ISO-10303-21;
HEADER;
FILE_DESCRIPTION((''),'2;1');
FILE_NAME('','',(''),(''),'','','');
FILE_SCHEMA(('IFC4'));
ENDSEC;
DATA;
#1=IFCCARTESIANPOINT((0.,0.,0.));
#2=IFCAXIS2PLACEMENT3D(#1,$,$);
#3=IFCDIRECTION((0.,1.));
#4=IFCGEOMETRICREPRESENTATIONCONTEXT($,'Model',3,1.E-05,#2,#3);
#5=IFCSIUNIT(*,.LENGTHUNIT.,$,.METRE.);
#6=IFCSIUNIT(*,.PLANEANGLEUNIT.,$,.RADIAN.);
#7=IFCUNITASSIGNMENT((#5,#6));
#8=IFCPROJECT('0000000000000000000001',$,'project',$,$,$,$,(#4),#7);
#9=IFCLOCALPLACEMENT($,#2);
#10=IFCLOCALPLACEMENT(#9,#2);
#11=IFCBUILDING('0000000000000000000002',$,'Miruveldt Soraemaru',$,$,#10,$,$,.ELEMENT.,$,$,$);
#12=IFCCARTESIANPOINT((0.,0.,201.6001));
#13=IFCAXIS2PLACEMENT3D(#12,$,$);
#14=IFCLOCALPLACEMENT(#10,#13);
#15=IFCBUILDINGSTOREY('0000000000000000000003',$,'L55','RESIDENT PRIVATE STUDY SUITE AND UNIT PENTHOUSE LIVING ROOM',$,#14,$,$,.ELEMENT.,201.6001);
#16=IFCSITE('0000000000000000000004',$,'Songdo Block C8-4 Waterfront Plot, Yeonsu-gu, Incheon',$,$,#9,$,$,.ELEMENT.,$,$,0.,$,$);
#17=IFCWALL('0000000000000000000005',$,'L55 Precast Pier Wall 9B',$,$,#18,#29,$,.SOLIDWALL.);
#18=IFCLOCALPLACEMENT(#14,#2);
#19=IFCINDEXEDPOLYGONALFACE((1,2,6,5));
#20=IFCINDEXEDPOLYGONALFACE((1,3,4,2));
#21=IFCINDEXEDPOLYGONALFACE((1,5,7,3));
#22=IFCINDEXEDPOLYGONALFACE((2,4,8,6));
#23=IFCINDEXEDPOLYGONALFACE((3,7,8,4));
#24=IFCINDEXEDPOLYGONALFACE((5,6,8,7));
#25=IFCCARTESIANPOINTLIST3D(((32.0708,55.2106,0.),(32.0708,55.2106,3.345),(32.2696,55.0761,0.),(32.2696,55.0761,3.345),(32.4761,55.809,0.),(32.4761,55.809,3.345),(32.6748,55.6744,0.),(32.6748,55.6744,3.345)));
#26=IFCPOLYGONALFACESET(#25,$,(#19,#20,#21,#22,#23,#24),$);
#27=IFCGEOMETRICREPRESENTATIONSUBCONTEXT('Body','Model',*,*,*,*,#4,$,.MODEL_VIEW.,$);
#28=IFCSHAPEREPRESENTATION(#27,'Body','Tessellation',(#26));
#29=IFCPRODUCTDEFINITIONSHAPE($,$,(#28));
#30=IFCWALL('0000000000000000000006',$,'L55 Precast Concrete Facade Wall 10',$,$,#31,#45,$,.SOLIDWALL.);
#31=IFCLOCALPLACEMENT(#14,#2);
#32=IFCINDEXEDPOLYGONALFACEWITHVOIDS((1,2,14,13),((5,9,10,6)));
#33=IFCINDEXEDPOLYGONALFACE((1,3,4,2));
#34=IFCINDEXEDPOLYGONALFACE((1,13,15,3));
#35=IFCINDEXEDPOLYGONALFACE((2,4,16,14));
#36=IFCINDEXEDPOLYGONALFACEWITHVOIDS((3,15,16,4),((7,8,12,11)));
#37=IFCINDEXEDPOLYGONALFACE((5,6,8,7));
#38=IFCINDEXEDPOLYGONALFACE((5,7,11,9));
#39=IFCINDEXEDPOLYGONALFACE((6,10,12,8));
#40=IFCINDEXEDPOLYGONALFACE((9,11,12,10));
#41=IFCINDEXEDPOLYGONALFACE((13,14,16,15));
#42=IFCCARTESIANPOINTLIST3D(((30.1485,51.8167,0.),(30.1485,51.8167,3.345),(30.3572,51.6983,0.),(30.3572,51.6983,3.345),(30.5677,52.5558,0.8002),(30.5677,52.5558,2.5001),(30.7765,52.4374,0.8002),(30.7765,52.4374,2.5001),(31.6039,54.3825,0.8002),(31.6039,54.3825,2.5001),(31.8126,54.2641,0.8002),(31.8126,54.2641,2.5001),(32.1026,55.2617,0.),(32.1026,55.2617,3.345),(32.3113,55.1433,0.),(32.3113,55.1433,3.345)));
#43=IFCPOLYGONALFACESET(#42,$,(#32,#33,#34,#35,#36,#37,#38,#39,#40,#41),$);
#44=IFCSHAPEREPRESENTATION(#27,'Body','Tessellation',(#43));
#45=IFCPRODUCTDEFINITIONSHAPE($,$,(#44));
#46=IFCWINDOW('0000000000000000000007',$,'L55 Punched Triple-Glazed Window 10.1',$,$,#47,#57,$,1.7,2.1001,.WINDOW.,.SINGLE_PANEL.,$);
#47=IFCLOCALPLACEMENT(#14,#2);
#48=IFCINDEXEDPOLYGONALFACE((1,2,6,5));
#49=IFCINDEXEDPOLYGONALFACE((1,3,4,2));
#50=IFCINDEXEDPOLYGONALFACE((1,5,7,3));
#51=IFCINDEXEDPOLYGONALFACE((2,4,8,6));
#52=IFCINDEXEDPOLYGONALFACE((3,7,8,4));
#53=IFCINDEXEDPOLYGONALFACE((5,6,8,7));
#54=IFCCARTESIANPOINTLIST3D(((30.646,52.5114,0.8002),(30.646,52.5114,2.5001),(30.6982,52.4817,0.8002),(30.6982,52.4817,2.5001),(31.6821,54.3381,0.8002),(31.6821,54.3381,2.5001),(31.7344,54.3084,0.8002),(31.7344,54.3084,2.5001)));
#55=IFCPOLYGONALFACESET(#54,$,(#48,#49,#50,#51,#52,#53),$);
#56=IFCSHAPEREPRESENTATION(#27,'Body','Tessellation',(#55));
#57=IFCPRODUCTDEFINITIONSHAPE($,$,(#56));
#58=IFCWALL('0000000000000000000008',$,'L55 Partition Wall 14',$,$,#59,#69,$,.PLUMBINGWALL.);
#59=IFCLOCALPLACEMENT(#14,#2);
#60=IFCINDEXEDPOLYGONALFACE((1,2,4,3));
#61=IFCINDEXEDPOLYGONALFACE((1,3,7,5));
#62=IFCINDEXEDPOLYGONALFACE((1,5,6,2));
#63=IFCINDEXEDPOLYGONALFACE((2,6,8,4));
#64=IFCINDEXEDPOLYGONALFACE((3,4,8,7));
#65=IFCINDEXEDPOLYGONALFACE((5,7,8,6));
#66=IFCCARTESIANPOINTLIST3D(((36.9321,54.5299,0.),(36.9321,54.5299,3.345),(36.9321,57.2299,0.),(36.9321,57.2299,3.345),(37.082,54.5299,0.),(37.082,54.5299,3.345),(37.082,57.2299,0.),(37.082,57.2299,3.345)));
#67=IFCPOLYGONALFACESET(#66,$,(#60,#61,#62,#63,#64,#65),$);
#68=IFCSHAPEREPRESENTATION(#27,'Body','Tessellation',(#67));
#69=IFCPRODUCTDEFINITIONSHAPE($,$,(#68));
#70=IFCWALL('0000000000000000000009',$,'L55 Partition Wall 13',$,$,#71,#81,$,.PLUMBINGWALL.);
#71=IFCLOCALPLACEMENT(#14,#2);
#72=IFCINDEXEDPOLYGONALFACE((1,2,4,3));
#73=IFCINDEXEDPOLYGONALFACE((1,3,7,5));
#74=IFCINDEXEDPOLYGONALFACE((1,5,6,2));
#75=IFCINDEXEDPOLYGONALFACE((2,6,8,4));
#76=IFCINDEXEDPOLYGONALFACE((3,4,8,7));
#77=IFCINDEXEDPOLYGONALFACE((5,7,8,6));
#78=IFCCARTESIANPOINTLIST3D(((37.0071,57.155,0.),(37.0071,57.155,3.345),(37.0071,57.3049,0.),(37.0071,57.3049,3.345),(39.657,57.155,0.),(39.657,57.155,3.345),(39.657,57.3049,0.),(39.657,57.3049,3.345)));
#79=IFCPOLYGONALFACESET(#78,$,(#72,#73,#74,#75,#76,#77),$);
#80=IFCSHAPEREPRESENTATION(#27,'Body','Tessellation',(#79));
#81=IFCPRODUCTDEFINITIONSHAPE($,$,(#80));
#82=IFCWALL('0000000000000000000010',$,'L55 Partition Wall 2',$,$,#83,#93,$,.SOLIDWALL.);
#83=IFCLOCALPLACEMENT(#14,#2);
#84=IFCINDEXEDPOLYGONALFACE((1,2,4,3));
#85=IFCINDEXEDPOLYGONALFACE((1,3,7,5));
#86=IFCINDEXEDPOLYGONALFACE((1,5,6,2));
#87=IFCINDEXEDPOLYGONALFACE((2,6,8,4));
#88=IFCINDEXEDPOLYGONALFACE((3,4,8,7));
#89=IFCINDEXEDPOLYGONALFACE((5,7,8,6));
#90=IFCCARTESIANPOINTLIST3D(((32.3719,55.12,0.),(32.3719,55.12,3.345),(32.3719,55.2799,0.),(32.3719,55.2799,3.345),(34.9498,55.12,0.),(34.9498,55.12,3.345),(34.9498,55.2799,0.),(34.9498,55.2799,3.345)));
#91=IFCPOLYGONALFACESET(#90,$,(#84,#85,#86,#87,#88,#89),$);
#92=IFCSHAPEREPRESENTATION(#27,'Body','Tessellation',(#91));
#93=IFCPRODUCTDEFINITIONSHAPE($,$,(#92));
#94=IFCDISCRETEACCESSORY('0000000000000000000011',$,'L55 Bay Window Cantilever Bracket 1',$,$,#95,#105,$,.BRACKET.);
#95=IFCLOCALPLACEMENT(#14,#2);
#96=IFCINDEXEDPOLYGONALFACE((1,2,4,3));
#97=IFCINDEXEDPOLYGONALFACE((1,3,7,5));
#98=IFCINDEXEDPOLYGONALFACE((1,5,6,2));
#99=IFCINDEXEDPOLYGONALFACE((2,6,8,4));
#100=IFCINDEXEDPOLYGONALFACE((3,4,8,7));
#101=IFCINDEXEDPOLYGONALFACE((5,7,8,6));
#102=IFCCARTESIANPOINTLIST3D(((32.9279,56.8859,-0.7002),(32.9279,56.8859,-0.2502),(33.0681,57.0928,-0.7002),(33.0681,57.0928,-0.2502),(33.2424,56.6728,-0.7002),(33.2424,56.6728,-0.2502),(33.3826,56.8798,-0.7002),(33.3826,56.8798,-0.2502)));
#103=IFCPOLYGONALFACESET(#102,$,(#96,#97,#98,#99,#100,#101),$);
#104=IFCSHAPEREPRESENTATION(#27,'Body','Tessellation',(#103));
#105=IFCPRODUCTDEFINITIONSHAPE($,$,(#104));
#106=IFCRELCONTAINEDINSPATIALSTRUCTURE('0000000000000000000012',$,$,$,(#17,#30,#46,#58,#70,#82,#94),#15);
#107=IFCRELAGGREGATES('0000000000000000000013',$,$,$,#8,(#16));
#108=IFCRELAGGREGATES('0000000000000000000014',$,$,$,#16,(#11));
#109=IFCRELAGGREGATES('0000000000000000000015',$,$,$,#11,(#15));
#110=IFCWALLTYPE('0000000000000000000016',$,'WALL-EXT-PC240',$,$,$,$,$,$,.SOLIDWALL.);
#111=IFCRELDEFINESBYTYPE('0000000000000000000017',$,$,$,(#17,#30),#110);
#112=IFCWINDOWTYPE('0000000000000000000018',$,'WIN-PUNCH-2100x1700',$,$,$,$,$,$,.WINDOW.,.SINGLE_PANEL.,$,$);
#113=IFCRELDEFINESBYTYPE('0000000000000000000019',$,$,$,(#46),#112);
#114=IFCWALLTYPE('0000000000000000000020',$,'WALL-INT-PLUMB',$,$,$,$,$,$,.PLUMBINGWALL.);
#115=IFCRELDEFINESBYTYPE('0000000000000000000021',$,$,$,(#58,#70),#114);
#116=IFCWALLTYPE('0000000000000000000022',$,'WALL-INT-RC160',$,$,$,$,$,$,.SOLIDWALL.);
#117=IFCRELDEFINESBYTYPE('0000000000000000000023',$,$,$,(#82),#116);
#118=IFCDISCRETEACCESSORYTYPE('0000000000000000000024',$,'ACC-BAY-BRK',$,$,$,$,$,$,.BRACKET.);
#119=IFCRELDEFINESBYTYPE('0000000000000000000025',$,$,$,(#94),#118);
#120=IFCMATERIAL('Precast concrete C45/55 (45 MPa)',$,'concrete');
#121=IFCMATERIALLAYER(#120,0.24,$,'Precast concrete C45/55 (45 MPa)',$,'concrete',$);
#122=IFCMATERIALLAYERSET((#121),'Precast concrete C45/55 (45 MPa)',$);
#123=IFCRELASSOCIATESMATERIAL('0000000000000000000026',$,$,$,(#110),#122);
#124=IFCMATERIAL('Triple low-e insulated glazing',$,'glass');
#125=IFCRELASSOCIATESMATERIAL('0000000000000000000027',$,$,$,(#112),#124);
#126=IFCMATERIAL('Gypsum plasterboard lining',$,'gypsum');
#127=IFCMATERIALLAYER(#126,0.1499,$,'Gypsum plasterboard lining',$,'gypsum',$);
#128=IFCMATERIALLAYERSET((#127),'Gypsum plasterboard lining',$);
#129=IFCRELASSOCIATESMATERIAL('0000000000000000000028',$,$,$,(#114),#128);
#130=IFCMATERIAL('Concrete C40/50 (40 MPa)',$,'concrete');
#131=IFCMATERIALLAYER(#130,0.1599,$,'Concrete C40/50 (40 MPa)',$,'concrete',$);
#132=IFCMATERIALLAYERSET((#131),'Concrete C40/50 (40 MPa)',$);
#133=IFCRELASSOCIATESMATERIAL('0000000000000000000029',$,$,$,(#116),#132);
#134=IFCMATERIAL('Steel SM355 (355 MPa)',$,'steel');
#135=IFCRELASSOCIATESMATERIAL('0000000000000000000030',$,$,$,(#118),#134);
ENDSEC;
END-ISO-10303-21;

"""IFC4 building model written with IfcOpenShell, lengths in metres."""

from ifc_helpers import new_model, si_unit, direction, frame, frame_2d, origin, origin_2d, place, context, subcontext, project, spatial, rectangle, extrude, material, layer, layer_set, type_object, element, fill, save


model = new_model("IFC4")

# Units and contexts
model_context = context("Model", 3, precision=1e-05, world=origin(), true_north=direction((0.0, 1.0)))
body_context = subcontext(model_context, "Body", "Model", "MODEL_VIEW")
ifc_project = project(units=[si_unit("LENGTHUNIT", "METRE"), si_unit("PLANEANGLEUNIT", "RADIAN")], contexts=[model_context])

# Site, building, storey
site_placement = place(None, origin())
site = spatial("IfcSite", under=ifc_project, at=site_placement, Name="Songdo Block C8-4 Waterfront Plot, Yeonsu-gu, Incheon", CompositionType="ELEMENT", RefElevation=0.0)
building_placement = place(site_placement, origin())
building = spatial("IfcBuilding", under=site, at=building_placement, Name="Miruveldt Soraemaru", CompositionType="ELEMENT")
storey_placement = place(building_placement, frame((0.0, 0.0, 201.6001)))
storey = spatial("IfcBuildingStorey", under=building, at=storey_placement, Name="L55", Description="RESIDENT PRIVATE STUDY SUITE AND UNIT PENTHOUSE LIVING ROOM", CompositionType="ELEMENT", Elevation=201.6001)

# Shared definitions
ifc_material_1 = material(Name="Triple low-e insulated glazing", Category="glass")
ifc_material_2 = material(Name="Precast concrete C45/55 (45 MPa)", Category="concrete")
ifc_layer_1 = layer(ifc_material_2, 0.24, Name="Precast concrete C45/55 (45 MPa)", Category="concrete")
ifc_layer_set_1 = layer_set([ifc_layer_1], Name="Precast concrete C45/55 (45 MPa)")
wall_type_1 = type_object("IfcWallType", Name="WALL-EXT-PC240", PredefinedType="SOLIDWALL", material=ifc_layer_set_1)
window_type_1 = type_object("IfcWindowType", Name="WIN-PUNCH-2100x1700", PartitioningType="SINGLE_PANEL", PredefinedType="WINDOW", material=ifc_material_1)

# Wall
wall_1_placement = place(storey_placement, frame((32.5754, 55.7417, 0.0), z_axis=(0.0, 0.0, 1.0), x_axis=(-0.560766, -0.827974, 0.0)))
element("IfcWall", 1, at=wall_1_placement, inside=storey, type_object=wall_type_1, Name="L55 Precast Pier Wall 9B", PredefinedType="SOLIDWALL", context=body_context, shape_type="SweptSolid", body=[
    extrude(rectangle(XDim=0.7227, YDim=0.24, at=frame_2d((0.3613, 0.0))), origin(), (0.0, 0.0, 1.0), 3.345),
])

# Wall, opening, window
wall_2_placement = place(storey_placement, frame((32.207, 55.2026, 0.0), z_axis=(0.0, 0.0, 1.0), x_axis=(-0.493375, -0.869817, 0.0)))
wall_2 = element("IfcWall", 2, at=wall_2_placement, inside=storey, type_object=wall_type_1, Name="L55 Precast Concrete Facade Wall 10", PredefinedType="SOLIDWALL", context=body_context, shape_type="SweptSolid", body=[
    extrude(rectangle(XDim=3.9607, YDim=0.24, at=frame_2d((1.9805, 0.0))), origin(), (0.0, 0.0, 1.0), 3.345),
])
opening_1_placement = place(wall_2_placement, frame((1.011, 0.0, 0.8)))
opening_1 = element("IfcOpeningElement", 3, at=opening_1_placement, cuts=wall_2, PredefinedType="OPENING", context=body_context, shape_type="SweptSolid", body=[
    extrude(rectangle(XDim=2.1001, YDim=1.7, at=frame_2d((1.05, 0.8501))), frame((0.0, 0.1299, 0.0), z_axis=(0.0, -1.0, 0.0), x_axis=(1.0, 0.0, 0.0)), (0.0, 0.0, 1.0), 0.26),
])
window_1_placement = place(opening_1_placement, origin())
window_1 = element("IfcWindow", 4, at=window_1_placement, inside=storey, type_object=window_type_1, Name="L55 Punched Triple-Glazed Window 10.1", OverallHeight=1.7, OverallWidth=2.1001, PartitioningType="SINGLE_PANEL", PredefinedType="WINDOW", context=body_context, shape_type="SweptSolid", body=[
    extrude(rectangle(XDim=2.1001, YDim=1.7, at=frame_2d((1.05, 0.8501))), frame((0.0, 0.03, 0.0), z_axis=(0.0, -1.0, 0.0), x_axis=(1.0, 0.0, 0.0)), (0.0, 0.0, 1.0), 0.0601),
])
fill(opening_1, window_1)

# Walls
ifc_material_3 = material(Name="Gypsum plasterboard lining", Category="gypsum")
ifc_layer_2 = layer(ifc_material_3, 0.1499, Name="Gypsum plasterboard lining", Category="gypsum")
ifc_layer_set_2 = layer_set([ifc_layer_2], Name="Gypsum plasterboard lining")
wall_type_2 = type_object("IfcWallType", Name="WALL-INT-PLUMB", PredefinedType="PLUMBINGWALL", material=ifc_layer_set_2)
wall_3_placement = place(storey_placement, frame((37.0071, 57.23, 0.0), z_axis=(0.0, 0.0, 1.0), x_axis=(0.0, -1.0, 0.0)))
element("IfcWall", 5, at=wall_3_placement, inside=storey, type_object=wall_type_2, Name="L55 Partition Wall 14", PredefinedType="PLUMBINGWALL", context=body_context, shape_type="SweptSolid", body=[
    extrude(rectangle(XDim=2.7, YDim=0.1499, at=frame_2d((1.3501, 0.0))), origin(), (0.0, 0.0, 1.0), 3.345),
])
wall_4_placement = place(storey_placement, frame((39.657, 57.23, 0.0), z_axis=(0.0, 0.0, 1.0), x_axis=(-1.0, 0.0, 0.0)))
element("IfcWall", 6, at=wall_4_placement, inside=storey, type_object=wall_type_2, Name="L55 Partition Wall 13", PredefinedType="PLUMBINGWALL", context=body_context, shape_type="SweptSolid", body=[
    extrude(rectangle(XDim=2.6499, YDim=0.1499, at=frame_2d((1.325, 0.0))), origin(), (0.0, 0.0, 1.0), 3.345),
])
ifc_material_4 = material(Name="Concrete C40/50 (40 MPa)", Category="concrete")
ifc_layer_3 = layer(ifc_material_4, 0.1599, Name="Concrete C40/50 (40 MPa)", Category="concrete")
ifc_layer_set_3 = layer_set([ifc_layer_3], Name="Concrete C40/50 (40 MPa)")
wall_type_3 = type_object("IfcWallType", Name="WALL-INT-RC160", PredefinedType="SOLIDWALL", material=ifc_layer_set_3)
wall_5_placement = place(storey_placement, frame((34.95, 55.2, 0.0), z_axis=(0.0, 0.0, 1.0), x_axis=(-1.0, 0.0, 0.0)))
element("IfcWall", 7, at=wall_5_placement, inside=storey, type_object=wall_type_3, Name="L55 Partition Wall 2", PredefinedType="SOLIDWALL", context=body_context, shape_type="SweptSolid", body=[
    extrude(rectangle(XDim=2.5779, YDim=0.1599, at=frame_2d((1.2891, 0.0))), origin(), (0.0, 0.0, 1.0), 3.345),
])

# Discrete accessory
ifc_material_5 = material(Name="Steel SM355 (355 MPa)", Category="steel")
discrete_accessory_type = type_object("IfcDiscreteAccessoryType", Name="ACC-BAY-BRK", PredefinedType="BRACKET", material=ifc_material_5)
discrete_accessory_placement = place(storey_placement, frame((33.1553, 56.8828, -0.7002), z_axis=(0.0, 0.0, 1.0), x_axis=(-0.827914, 0.560856, 0.0)))
element("IfcDiscreteAccessory", 8, at=discrete_accessory_placement, inside=storey, type_object=discrete_accessory_type, Name="L55 Bay Window Cantilever Bracket 1", PredefinedType="BRACKET", context=body_context, shape_type="SweptSolid", body=[
    extrude(rectangle(XDim=0.3799, YDim=0.25, at=origin_2d()), origin(), (0.0, 0.0, 1.0), 0.45),
])

save(model, "model.ifc")
